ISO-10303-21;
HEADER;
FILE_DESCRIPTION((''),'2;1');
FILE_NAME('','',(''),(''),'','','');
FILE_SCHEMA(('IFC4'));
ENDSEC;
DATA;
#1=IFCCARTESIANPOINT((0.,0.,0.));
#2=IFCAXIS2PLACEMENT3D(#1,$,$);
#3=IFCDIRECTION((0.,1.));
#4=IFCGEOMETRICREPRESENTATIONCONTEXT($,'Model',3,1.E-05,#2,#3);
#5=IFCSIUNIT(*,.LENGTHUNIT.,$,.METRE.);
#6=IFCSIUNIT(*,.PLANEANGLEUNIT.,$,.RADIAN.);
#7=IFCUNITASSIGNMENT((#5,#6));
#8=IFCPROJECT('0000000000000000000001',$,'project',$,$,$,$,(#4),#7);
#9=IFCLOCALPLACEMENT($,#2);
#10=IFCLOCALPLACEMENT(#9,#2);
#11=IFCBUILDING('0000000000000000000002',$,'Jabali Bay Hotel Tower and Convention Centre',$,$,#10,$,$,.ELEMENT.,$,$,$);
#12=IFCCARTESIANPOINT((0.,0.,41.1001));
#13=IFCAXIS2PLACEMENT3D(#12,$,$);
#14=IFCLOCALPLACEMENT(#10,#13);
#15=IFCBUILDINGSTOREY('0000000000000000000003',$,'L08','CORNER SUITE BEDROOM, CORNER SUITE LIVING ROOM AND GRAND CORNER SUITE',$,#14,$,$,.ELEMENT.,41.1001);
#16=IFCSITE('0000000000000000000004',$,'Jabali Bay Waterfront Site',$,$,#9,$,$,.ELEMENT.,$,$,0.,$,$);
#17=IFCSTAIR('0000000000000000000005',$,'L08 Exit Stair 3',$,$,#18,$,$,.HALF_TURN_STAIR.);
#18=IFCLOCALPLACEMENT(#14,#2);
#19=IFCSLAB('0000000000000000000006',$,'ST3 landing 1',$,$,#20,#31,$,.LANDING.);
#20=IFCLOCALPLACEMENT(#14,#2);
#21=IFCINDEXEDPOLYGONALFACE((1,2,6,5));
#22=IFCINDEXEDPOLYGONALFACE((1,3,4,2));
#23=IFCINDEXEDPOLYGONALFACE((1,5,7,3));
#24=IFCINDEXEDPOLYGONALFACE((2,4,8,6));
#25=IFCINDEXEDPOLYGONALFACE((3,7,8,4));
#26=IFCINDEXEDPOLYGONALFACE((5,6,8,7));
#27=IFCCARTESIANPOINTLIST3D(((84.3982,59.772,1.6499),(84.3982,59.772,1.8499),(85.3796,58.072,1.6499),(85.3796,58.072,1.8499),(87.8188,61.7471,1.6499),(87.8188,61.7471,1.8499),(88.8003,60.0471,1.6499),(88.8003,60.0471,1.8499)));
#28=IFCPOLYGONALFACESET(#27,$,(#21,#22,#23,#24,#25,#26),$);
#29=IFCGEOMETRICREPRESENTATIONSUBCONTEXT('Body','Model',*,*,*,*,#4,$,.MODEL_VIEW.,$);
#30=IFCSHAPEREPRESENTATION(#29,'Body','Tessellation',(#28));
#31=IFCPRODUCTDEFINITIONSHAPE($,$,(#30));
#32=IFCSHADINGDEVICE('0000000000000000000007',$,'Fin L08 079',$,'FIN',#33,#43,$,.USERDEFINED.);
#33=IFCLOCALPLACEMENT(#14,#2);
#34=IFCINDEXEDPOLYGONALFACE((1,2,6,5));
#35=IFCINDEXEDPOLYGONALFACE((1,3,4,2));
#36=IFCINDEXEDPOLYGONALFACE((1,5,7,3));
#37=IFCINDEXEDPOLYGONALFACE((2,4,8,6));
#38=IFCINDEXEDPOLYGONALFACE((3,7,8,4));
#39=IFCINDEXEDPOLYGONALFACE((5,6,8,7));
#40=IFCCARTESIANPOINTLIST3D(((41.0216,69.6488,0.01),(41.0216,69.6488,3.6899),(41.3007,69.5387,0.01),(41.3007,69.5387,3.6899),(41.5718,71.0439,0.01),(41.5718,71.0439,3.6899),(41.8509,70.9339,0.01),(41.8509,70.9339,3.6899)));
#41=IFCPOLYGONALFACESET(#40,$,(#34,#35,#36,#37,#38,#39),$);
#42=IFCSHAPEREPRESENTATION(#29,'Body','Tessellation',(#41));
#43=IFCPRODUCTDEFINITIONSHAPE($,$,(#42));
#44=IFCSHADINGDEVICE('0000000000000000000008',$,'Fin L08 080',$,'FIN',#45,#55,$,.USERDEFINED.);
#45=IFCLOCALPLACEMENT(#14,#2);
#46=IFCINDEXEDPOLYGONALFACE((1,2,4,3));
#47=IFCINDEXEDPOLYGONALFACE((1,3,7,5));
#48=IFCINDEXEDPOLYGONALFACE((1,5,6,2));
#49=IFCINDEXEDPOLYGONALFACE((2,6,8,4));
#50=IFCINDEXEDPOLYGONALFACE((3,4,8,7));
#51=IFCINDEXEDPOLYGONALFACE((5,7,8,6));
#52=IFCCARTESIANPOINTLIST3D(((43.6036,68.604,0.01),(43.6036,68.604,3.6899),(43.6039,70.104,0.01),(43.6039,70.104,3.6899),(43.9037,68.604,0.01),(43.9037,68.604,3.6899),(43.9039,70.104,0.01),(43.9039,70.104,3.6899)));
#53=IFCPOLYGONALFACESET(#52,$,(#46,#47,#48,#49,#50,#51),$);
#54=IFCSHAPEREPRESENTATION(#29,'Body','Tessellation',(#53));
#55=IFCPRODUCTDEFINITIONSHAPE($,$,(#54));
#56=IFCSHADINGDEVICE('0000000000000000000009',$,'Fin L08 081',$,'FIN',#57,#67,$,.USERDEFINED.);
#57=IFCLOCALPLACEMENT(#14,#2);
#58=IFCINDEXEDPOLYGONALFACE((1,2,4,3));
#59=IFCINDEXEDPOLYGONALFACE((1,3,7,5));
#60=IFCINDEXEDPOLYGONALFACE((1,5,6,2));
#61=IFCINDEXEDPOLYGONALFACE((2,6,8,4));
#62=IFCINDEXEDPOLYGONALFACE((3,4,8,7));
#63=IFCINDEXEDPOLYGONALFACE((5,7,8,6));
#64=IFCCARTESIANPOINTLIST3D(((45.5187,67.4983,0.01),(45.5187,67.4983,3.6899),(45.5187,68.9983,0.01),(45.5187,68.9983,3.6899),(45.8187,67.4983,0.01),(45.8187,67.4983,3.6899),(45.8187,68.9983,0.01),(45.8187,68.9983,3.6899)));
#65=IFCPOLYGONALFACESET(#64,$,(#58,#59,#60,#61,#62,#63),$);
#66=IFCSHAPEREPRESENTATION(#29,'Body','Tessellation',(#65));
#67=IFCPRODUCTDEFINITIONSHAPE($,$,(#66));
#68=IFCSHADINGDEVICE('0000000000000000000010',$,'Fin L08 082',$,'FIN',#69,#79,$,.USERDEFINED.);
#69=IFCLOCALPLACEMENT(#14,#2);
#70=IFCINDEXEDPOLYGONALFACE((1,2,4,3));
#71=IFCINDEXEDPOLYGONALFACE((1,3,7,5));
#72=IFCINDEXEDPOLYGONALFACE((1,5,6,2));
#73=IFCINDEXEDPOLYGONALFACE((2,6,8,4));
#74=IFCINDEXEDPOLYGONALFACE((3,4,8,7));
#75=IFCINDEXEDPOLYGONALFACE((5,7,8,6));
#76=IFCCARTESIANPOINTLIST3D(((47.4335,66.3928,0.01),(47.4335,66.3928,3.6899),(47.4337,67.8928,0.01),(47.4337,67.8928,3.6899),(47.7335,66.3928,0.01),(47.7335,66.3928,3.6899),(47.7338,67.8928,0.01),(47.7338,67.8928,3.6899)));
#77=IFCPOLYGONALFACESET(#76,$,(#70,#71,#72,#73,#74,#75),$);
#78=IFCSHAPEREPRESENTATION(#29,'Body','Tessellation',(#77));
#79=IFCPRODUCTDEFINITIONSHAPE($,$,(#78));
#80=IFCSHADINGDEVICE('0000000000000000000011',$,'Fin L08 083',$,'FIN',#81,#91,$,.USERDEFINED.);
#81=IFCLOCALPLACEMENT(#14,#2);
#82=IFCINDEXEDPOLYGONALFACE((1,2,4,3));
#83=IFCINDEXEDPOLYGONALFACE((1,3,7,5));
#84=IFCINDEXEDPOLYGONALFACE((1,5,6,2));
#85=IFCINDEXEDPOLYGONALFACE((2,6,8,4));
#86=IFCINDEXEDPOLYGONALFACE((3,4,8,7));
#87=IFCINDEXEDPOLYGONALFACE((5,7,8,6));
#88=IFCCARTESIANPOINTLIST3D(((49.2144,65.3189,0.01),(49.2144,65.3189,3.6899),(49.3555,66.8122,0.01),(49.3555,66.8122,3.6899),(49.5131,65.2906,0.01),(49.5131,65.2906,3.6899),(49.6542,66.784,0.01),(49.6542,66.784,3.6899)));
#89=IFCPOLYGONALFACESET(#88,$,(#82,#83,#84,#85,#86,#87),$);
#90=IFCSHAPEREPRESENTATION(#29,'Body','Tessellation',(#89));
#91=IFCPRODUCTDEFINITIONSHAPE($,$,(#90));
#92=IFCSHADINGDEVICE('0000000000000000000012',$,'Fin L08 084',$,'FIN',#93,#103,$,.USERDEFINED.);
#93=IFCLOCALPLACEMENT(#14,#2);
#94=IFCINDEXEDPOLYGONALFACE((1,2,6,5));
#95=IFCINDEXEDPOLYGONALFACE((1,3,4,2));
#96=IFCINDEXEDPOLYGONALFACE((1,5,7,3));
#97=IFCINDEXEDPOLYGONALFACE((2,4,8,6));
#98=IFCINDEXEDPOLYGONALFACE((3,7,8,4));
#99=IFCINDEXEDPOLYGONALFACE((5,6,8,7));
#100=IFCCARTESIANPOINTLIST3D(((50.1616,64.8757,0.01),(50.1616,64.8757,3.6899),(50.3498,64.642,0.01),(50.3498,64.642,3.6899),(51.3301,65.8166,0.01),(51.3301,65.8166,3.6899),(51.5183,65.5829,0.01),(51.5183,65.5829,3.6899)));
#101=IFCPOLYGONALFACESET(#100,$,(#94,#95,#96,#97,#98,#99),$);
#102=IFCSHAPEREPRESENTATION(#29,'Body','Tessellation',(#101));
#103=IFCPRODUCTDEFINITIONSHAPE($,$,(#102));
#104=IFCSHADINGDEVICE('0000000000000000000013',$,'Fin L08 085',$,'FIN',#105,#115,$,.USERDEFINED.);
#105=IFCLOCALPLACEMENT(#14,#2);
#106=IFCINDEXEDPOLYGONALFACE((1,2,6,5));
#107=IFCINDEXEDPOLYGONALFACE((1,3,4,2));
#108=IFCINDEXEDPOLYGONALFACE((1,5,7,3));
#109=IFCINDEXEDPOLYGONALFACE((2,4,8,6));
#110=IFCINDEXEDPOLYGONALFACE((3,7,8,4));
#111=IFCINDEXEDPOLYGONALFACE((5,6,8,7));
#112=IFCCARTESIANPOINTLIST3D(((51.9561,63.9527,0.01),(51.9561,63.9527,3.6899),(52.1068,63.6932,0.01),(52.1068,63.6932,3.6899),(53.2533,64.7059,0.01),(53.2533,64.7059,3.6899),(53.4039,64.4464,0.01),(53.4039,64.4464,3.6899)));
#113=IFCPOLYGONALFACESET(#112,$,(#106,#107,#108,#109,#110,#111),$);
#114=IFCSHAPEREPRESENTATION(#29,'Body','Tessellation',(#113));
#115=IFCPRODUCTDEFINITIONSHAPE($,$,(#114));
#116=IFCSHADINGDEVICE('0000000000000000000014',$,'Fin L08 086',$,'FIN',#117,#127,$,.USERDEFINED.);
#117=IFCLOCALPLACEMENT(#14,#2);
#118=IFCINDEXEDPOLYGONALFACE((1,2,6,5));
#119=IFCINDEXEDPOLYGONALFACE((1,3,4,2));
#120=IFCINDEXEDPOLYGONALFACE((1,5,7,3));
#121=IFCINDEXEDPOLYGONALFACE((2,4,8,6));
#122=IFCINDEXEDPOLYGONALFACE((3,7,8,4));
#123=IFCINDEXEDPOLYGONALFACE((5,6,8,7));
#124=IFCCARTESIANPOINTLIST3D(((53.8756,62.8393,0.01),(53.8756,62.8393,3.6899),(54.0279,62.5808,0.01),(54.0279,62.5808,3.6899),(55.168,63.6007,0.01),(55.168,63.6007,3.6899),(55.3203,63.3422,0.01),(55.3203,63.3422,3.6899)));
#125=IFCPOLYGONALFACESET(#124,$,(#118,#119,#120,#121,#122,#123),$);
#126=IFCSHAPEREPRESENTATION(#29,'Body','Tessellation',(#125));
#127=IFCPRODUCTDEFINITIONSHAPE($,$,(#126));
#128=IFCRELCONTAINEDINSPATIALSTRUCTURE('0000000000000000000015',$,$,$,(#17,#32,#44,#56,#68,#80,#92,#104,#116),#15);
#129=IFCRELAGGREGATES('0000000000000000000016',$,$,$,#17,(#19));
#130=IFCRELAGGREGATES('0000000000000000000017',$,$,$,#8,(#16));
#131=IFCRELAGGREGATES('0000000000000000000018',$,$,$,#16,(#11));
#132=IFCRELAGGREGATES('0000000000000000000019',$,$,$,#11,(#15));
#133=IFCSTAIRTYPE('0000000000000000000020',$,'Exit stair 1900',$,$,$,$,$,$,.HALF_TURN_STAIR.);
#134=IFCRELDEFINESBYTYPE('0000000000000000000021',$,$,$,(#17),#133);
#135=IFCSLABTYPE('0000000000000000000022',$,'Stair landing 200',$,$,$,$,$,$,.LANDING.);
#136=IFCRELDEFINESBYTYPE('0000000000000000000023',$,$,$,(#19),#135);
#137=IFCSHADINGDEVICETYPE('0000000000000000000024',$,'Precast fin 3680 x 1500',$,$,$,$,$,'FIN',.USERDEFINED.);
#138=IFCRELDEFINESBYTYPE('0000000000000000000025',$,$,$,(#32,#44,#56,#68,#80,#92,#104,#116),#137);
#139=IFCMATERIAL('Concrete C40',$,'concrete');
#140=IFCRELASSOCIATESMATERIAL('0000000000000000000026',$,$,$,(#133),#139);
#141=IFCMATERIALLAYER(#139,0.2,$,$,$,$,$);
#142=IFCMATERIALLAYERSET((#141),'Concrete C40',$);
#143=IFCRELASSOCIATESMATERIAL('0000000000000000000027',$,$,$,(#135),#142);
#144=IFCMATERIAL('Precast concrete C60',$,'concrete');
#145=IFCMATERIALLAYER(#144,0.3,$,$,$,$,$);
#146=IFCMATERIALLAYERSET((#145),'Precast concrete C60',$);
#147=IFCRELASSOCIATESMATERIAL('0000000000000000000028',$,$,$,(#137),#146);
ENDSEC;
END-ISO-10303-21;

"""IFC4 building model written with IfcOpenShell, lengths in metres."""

from ifc_helpers import new_model, si_unit, direction, frame, frame_2d, origin, place, context, subcontext, project, spatial, polyline, rectangle, outline, extrude, material, layer, layer_set, type_object, element, aggregate, save


model = new_model("IFC4")

# Units and contexts
model_context = context("Model", 3, precision=1e-05, world=origin(), true_north=direction((0.0, 1.0)))
body_context = subcontext(model_context, "Body", "Model", "MODEL_VIEW")
ifc_project = project(units=[si_unit("LENGTHUNIT", "METRE"), si_unit("PLANEANGLEUNIT", "RADIAN")], contexts=[model_context])

# Site, building, storey
site_placement = place(None, origin())
site = spatial("IfcSite", under=ifc_project, at=site_placement, Name="Jabali Bay Waterfront Site", CompositionType="ELEMENT", RefElevation=0.0)
building_placement = place(site_placement, origin())
building = spatial("IfcBuilding", under=site, at=building_placement, Name="Jabali Bay Hotel Tower and Convention Centre", CompositionType="ELEMENT")
storey_placement = place(building_placement, frame((0.0, 0.0, 41.1001)))
storey = spatial("IfcBuildingStorey", under=building, at=storey_placement, Name="L08", Description="CORNER SUITE BEDROOM, CORNER SUITE LIVING ROOM AND GRAND CORNER SUITE", CompositionType="ELEMENT", Elevation=41.1001)

# Shared definitions
ifc_material_1 = material(Name="Concrete C40", Category="concrete")

# Stair, slab
stair_type = type_object("IfcStairType", Name="Exit stair 1900", PredefinedType="HALF_TURN_STAIR", material=ifc_material_1)
ifc_layer_1 = layer(ifc_material_1, 0.2)
ifc_layer_set_1 = layer_set([ifc_layer_1], Name="Concrete C40")
slab_type_1 = type_object("IfcSlabType", Name="Stair landing 200", PredefinedType="LANDING", material=ifc_layer_set_1)
stair_1_placement = place(storey_placement, origin())
stair_1 = element("IfcStair", 1, at=stair_1_placement, inside=storey, type_object=stair_type, Name="L08 Exit Stair 3", PredefinedType="HALF_TURN_STAIR")
slab_1_placement = place(storey_placement, frame((0.0, 0.0, 1.6499)))
slab_1 = element("IfcSlab", 2, at=slab_1_placement, type_object=slab_type_1, Name="ST3 landing 1", PredefinedType="LANDING", context=body_context, shape_type="SweptSolid", body=[
    extrude(outline(polyline([(84.3982, 59.772), (85.3796, 58.072), (88.8003, 60.0471), (87.8188, 61.7471), (84.3982, 59.772)])), origin(), (0.0, 0.0, 1.0), 0.2),
])
aggregate(stair_1, [slab_1])

# Shading devices
ifc_material_2 = material(Name="Precast concrete C60", Category="concrete")
ifc_layer_2 = layer(ifc_material_2, 0.3)
ifc_layer_set_2 = layer_set([ifc_layer_2], Name="Precast concrete C60")
shading_device_type = type_object("IfcShadingDeviceType", Name="Precast fin 3680 x 1500", ElementType="FIN", PredefinedType="USERDEFINED", material=ifc_layer_set_2)
shading_device_1_placement = place(storey_placement, frame((41.7114, 70.989, 0.01), z_axis=(0.0, 0.0, 1.0), x_axis=(-0.366896, -0.930262, 0.0)))
element("IfcShadingDevice", 3, at=shading_device_1_placement, inside=storey, type_object=shading_device_type, Name="Fin L08 079", ObjectType="FIN", PredefinedType="USERDEFINED", context=body_context, shape_type="SweptSolid", body=[
    extrude(rectangle(XDim=1.4998, YDim=0.3, at=frame_2d((0.75, 0.0))), origin(), (0.0, 0.0, 1.0), 3.6799),
])
for number, where, z_axis, x_axis, name in (
    (4, (43.7539, 70.104, 0.01), (0.0, 0.0, 1.0), (-0.000163, -1.0, 0.0), "Fin L08 080"),
    (5, (45.6687, 68.9983, 0.01), (0.0, 0.0, 1.0), (0.0, -1.0, 0.0), "Fin L08 081"),
    (6, (47.5837, 67.8928, 0.01), (0.0, 0.0, 1.0), (-0.000163, -1.0, 0.0), "Fin L08 082"),
    (7, (49.5049, 66.7981, 0.01), (0.0, 0.0, 1.0), (-0.094072, -0.995565, 0.0), "Fin L08 083"),
):
    element("IfcShadingDevice", number, at=place(storey_placement, frame(where, z_axis=z_axis, x_axis=x_axis)), inside=storey, type_object=shading_device_type, Name=name, ObjectType="FIN", PredefinedType="USERDEFINED", context=body_context, shape_type="SweptSolid", body=[
        extrude(rectangle(XDim=1.5, YDim=0.3, at=frame_2d((0.75, 0.0))), origin(), (0.0, 0.0, 1.0), 3.6799),
    ])
shading_device_2_placement = place(storey_placement, frame((51.4241, 65.6997, 0.01), z_axis=(0.0, 0.0, 1.0), x_axis=(-0.778864, -0.627192, 0.0)))
element("IfcShadingDevice", 8, at=shading_device_2_placement, inside=storey, type_object=shading_device_type, Name="Fin L08 084", ObjectType="FIN", PredefinedType="USERDEFINED", context=body_context, shape_type="SweptSolid", body=[
    extrude(rectangle(XDim=1.5002, YDim=0.3, at=frame_2d((0.75, 0.0))), origin(), (0.0, 0.0, 1.0), 3.6799),
])
for number, where, z_axis, x_axis, name in (
    (9, (53.3286, 64.5762, 0.01), (0.0, 0.0, 1.0), (-0.864787, -0.502139, 0.0), "Fin L08 085"),
    (10, (55.2441, 63.4714, 0.01), (0.0, 0.0, 1.0), (-0.861587, -0.50761, 0.0), "Fin L08 086"),
):
    element("IfcShadingDevice", number, at=place(storey_placement, frame(where, z_axis=z_axis, x_axis=x_axis)), inside=storey, type_object=shading_device_type, Name=name, ObjectType="FIN", PredefinedType="USERDEFINED", context=body_context, shape_type="SweptSolid", body=[
        extrude(rectangle(XDim=1.5, YDim=0.3, at=frame_2d((0.75, 0.0))), origin(), (0.0, 0.0, 1.0), 3.6799),
    ])

save(model, "model.ifc")
